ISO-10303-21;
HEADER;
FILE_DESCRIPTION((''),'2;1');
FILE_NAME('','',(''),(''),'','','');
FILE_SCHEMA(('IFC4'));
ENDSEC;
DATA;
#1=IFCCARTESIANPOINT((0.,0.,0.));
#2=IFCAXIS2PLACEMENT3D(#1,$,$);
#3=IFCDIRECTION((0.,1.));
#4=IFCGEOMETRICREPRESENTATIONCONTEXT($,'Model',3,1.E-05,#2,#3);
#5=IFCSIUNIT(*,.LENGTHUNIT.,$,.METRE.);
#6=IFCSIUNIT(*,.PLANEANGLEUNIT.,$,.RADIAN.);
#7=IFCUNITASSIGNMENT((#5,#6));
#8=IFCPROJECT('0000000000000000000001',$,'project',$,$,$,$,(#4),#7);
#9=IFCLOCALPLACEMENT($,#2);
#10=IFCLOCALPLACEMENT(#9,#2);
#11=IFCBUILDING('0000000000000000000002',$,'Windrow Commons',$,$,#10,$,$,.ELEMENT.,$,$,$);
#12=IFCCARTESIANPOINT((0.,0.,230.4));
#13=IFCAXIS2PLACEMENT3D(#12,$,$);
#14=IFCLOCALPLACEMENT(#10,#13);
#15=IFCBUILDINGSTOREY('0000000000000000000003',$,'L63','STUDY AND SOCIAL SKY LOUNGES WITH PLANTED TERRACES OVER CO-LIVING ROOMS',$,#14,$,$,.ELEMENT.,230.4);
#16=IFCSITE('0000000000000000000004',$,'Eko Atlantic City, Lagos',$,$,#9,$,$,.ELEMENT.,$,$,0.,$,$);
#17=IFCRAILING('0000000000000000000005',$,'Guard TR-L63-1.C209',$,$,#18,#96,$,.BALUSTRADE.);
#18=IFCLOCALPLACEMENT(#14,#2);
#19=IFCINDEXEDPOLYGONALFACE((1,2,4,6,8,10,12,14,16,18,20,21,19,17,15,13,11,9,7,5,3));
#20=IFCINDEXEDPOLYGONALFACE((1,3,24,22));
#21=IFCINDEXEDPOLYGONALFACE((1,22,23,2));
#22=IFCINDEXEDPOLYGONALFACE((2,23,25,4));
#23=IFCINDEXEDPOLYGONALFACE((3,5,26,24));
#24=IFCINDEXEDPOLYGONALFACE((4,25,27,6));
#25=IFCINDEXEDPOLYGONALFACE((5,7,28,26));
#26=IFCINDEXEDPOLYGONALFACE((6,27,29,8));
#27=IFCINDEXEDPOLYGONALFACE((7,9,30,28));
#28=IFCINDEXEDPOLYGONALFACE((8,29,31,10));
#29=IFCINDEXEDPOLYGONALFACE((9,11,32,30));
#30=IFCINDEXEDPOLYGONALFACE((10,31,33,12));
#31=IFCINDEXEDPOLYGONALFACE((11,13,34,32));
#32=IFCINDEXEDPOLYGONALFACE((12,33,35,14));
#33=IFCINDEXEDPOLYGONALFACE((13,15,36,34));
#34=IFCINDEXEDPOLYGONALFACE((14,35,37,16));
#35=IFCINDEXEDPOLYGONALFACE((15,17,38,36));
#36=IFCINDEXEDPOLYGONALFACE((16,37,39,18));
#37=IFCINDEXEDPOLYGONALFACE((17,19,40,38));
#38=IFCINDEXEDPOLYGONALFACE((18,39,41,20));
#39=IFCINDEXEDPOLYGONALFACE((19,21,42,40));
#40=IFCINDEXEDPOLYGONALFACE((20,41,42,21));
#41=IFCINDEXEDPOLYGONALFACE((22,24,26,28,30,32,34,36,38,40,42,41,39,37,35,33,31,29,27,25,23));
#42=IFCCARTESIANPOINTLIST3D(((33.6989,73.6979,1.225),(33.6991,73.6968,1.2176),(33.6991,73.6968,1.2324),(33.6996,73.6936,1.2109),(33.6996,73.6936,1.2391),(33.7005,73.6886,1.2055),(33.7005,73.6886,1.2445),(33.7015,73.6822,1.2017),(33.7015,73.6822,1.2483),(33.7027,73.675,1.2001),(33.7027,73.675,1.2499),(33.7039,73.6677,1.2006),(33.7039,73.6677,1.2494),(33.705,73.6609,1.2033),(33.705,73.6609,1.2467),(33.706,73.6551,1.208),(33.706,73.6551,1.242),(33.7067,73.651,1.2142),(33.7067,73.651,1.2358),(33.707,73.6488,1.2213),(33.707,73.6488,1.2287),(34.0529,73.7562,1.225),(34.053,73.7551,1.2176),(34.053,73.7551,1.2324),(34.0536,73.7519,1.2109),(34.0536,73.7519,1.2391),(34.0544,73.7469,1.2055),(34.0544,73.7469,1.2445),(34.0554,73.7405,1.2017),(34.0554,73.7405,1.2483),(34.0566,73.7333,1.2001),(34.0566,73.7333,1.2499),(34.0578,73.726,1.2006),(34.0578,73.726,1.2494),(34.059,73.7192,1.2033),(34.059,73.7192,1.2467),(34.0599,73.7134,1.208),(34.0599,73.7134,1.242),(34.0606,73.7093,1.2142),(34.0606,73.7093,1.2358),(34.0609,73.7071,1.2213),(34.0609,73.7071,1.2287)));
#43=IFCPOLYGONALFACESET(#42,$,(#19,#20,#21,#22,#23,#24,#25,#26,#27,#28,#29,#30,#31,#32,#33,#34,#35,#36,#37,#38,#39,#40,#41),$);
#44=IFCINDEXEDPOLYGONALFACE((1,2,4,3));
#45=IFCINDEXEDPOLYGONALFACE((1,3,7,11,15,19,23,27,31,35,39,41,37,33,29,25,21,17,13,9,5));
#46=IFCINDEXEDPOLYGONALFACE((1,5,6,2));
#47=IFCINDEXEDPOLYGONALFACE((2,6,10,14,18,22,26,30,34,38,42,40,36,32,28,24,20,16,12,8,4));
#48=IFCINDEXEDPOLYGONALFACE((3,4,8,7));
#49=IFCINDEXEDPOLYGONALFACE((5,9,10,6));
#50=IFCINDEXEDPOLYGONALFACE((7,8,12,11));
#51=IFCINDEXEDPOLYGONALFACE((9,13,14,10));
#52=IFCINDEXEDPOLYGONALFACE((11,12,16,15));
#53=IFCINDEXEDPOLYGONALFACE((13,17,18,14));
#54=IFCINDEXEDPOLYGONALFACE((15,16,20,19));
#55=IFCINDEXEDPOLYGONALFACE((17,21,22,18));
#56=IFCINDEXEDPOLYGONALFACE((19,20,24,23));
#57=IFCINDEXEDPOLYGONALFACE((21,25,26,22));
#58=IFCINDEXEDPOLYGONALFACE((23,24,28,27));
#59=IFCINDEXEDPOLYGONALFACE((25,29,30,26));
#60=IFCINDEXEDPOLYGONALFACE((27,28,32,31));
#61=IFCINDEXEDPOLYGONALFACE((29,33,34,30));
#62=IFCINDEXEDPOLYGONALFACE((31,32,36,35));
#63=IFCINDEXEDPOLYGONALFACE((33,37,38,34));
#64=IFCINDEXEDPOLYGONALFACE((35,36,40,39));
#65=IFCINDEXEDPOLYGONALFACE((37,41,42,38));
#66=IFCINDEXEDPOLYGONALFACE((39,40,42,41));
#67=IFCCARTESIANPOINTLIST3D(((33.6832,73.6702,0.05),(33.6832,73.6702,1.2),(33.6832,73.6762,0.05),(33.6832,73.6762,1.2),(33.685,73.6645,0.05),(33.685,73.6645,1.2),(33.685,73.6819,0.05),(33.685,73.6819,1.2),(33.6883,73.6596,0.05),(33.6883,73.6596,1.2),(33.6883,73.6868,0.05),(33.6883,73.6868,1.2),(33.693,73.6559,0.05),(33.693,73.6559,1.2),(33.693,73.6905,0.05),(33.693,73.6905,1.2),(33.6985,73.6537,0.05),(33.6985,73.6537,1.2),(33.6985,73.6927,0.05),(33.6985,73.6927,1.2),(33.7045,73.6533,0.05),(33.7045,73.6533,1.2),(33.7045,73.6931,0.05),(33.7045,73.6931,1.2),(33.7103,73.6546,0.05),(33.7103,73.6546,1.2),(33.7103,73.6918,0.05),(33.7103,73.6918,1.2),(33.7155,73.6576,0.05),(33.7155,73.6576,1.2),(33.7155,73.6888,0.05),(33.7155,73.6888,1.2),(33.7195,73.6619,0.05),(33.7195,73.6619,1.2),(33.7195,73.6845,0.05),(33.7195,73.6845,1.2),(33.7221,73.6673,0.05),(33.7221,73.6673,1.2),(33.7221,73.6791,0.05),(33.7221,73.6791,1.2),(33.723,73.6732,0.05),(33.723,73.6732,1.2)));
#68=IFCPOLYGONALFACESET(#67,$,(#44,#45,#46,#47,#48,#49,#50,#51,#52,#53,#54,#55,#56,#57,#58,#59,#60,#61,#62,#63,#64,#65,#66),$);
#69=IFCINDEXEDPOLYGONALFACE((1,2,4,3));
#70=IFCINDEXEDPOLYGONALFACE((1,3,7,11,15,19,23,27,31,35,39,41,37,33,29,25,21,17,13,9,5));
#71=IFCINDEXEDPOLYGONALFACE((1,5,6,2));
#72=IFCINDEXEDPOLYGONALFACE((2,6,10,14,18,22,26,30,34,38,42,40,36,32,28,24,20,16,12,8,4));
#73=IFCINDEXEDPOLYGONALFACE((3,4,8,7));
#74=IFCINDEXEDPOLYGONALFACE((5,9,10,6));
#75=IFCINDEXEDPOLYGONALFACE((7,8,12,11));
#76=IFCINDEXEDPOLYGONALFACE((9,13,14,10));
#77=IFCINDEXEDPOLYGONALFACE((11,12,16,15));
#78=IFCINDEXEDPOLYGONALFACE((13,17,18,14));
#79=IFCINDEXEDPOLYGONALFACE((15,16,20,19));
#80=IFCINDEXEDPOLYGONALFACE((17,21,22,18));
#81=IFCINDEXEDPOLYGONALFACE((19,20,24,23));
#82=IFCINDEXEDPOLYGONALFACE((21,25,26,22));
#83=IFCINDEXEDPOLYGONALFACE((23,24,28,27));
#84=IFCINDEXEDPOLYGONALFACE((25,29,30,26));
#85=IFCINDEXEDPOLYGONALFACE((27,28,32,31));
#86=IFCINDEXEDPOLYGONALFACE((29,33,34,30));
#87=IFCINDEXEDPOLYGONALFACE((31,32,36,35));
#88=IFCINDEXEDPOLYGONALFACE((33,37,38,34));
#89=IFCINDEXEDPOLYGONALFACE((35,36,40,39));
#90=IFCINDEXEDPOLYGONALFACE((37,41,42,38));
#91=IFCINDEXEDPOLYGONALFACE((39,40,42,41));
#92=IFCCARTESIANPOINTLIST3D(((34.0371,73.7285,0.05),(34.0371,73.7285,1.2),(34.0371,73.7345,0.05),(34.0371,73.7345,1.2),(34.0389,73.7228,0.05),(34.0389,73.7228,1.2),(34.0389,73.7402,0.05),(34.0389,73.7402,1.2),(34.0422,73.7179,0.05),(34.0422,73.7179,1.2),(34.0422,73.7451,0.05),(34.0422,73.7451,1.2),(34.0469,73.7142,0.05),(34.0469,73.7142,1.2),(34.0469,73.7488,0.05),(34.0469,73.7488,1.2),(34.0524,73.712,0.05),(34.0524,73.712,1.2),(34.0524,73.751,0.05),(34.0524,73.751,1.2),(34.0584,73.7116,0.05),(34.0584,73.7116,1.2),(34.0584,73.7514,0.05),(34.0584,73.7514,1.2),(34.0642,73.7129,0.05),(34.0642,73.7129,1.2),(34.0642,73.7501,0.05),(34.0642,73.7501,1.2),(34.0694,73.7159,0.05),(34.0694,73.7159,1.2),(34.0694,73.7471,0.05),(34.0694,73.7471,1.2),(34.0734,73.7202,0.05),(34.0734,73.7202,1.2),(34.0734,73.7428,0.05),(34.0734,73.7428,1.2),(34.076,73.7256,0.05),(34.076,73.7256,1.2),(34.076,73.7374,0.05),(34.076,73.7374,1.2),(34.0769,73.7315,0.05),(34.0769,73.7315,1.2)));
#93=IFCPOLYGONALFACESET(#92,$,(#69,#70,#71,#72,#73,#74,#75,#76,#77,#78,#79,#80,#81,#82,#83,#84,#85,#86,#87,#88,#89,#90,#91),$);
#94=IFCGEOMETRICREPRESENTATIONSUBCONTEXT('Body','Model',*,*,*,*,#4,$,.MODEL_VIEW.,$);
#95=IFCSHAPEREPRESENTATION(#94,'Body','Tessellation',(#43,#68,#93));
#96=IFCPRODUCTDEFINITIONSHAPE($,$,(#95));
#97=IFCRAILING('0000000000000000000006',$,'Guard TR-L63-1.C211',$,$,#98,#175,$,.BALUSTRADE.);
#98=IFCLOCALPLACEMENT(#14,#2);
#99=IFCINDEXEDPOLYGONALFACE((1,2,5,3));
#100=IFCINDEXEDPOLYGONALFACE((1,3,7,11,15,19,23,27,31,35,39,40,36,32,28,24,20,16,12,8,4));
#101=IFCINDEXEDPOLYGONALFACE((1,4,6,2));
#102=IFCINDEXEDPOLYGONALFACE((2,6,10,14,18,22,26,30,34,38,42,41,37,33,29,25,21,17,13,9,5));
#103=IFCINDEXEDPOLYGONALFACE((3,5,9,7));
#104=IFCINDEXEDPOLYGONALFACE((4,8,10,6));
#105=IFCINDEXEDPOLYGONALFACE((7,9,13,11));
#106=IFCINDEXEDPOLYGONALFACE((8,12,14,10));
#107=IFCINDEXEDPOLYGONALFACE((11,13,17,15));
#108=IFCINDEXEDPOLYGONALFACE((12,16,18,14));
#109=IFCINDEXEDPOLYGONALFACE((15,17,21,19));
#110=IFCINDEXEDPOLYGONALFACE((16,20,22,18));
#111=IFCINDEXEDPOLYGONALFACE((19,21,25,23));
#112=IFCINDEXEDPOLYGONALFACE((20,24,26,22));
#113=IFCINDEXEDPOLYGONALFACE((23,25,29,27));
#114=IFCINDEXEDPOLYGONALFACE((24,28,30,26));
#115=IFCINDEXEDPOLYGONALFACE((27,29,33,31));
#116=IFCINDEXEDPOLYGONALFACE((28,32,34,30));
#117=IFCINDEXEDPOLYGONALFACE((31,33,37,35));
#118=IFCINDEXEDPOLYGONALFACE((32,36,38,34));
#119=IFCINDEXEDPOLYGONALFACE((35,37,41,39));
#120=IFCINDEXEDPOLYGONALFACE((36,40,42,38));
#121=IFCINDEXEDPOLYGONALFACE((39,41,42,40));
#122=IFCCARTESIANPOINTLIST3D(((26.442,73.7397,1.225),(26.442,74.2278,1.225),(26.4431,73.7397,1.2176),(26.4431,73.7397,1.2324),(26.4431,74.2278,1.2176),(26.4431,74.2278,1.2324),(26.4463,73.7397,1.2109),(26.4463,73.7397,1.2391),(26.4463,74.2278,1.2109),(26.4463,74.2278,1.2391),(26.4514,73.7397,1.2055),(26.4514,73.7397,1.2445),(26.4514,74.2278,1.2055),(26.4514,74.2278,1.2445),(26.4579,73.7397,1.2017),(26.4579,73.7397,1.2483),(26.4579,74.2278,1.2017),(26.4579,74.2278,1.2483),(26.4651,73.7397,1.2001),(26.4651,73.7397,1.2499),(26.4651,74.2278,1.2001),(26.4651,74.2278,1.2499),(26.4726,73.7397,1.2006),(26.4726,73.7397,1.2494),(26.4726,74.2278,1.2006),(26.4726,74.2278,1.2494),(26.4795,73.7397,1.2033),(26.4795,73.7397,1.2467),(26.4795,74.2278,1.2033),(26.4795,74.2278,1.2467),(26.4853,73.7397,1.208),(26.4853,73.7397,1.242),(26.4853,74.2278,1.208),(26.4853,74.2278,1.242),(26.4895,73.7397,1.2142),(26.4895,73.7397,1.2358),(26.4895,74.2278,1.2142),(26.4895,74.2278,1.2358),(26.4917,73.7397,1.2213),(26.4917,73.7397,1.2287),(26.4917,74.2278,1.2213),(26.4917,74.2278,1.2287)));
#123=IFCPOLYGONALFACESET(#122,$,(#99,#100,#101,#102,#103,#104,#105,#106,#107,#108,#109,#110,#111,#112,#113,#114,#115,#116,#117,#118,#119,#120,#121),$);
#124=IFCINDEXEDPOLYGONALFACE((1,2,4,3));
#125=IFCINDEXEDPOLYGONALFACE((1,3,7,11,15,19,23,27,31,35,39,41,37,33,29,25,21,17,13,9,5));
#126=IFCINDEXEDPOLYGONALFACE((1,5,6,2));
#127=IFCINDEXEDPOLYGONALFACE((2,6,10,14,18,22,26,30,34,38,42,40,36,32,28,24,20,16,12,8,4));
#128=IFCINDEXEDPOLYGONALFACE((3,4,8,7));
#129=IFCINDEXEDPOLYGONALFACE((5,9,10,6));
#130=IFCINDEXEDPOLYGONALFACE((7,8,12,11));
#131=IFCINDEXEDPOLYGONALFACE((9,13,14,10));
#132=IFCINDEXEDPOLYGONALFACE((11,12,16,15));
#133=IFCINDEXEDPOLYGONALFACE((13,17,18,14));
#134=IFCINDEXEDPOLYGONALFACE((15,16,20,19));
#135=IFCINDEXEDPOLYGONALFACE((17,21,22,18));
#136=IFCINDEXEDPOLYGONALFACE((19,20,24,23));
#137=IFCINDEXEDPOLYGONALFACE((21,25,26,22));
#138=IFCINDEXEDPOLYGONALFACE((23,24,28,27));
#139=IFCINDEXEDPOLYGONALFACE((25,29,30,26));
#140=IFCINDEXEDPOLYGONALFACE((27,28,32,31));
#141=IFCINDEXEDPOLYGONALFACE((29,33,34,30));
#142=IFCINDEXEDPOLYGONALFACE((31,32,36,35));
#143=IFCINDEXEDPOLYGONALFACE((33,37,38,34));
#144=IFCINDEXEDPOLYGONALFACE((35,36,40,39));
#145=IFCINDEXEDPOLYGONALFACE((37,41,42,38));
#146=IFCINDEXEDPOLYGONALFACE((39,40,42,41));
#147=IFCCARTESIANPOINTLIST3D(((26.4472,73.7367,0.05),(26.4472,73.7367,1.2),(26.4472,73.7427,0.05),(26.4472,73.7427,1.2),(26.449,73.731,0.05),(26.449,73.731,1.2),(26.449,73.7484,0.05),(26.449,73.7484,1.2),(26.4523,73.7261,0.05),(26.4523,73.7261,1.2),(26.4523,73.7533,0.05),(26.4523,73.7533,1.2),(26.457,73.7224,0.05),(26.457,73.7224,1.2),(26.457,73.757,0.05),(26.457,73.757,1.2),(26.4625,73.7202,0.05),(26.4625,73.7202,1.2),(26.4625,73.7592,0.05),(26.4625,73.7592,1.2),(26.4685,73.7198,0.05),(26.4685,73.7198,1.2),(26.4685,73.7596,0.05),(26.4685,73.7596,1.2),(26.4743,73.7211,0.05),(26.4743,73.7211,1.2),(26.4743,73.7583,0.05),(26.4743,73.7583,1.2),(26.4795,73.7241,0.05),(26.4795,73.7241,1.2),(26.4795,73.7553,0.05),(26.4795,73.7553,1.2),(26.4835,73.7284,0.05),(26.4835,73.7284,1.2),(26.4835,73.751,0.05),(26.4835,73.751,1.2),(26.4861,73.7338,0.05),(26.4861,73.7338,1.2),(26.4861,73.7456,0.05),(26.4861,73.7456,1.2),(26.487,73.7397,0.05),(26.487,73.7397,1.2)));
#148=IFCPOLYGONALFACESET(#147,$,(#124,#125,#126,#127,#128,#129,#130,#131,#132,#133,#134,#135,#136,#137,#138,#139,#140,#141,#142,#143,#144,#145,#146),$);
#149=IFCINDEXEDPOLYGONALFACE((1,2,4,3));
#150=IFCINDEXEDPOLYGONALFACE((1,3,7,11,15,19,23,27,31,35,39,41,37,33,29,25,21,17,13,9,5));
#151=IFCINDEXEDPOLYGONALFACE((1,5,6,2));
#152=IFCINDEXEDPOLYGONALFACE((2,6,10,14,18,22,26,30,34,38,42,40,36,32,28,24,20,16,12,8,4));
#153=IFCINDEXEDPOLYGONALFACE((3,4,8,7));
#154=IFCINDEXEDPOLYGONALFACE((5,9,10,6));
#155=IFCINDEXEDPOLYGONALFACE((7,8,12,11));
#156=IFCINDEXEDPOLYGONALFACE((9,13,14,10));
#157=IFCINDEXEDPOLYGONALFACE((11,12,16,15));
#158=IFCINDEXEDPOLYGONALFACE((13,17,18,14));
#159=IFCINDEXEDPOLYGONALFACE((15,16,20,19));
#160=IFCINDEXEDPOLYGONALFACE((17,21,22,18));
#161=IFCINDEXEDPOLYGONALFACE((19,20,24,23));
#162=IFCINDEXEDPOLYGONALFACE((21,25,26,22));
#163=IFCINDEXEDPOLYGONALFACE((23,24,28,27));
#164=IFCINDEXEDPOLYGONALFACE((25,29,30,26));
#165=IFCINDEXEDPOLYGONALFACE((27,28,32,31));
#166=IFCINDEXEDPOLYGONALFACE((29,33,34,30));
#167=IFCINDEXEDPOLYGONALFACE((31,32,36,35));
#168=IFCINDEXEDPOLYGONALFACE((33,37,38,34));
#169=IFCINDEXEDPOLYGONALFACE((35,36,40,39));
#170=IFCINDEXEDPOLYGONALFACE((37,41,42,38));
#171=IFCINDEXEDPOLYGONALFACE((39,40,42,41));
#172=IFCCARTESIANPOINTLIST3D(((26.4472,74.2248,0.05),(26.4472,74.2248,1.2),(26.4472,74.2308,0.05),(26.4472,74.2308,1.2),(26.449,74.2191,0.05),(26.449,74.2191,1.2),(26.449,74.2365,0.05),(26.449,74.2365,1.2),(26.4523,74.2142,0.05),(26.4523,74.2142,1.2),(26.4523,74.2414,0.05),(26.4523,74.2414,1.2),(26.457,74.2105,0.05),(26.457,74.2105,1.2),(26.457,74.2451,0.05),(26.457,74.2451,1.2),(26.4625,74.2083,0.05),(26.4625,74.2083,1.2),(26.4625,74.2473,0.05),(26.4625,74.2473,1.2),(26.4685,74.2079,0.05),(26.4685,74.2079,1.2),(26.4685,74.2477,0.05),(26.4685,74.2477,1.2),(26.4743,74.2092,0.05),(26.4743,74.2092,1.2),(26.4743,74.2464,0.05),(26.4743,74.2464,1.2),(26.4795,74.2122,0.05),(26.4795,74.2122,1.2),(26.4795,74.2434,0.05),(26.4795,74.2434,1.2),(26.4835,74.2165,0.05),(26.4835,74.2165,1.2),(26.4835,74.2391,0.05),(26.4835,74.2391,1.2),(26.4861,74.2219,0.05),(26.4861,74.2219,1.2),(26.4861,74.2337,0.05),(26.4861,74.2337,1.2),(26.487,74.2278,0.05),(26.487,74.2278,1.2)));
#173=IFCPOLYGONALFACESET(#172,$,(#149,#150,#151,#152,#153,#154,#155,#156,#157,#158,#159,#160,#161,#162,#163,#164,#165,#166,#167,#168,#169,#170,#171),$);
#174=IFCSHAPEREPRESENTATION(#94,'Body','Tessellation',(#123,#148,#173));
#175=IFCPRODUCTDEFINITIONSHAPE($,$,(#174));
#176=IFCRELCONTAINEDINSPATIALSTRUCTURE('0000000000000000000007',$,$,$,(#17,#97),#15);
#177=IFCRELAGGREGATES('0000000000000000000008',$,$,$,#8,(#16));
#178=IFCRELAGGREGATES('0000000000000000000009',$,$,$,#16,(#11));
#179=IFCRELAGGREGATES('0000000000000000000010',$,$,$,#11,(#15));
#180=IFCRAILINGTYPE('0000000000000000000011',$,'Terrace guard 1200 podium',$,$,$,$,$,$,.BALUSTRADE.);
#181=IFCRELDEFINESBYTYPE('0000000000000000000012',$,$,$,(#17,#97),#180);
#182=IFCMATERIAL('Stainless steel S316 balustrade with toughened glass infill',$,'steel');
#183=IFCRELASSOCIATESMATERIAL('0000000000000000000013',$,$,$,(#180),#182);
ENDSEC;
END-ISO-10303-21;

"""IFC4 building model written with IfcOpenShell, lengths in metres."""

from ifc_helpers import new_model, si_unit, direction, frame, origin, origin_2d, place, context, subcontext, project, spatial, circle, extrude, material, type_object, element, save


model = new_model("IFC4")

# Units and contexts
model_context = context("Model", 3, precision=1e-05, world=origin(), true_north=direction((0.0, 1.0)))
body_context = subcontext(model_context, "Body", "Model", "MODEL_VIEW")
ifc_project = project(units=[si_unit("LENGTHUNIT", "METRE"), si_unit("PLANEANGLEUNIT", "RADIAN")], contexts=[model_context])

# Site, building, storey
site_placement = place(None, origin())
site = spatial("IfcSite", under=ifc_project, at=site_placement, Name="Eko Atlantic City, Lagos", CompositionType="ELEMENT", RefElevation=0.0)
building_placement = place(site_placement, origin())
building = spatial("IfcBuilding", under=site, at=building_placement, Name="Windrow Commons", CompositionType="ELEMENT")
storey_placement = place(building_placement, frame((0.0, 0.0, 230.4)))
storey = spatial("IfcBuildingStorey", under=building, at=storey_placement, Name="L63", Description="STUDY AND SOCIAL SKY LOUNGES WITH PLANTED TERRACES OVER CO-LIVING ROOMS", CompositionType="ELEMENT", Elevation=230.4)

# Railings
ifc_material_1 = material(Name="Stainless steel S316 balustrade with toughened glass infill", Category="steel")
railing_type = type_object("IfcRailingType", Name="Terrace guard 1200 podium", PredefinedType="BALUSTRADE", material=ifc_material_1)
railing_1_placement = place(storey_placement, frame((33.703, 73.6732, 0.05)))
element("IfcRailing", 1, at=railing_1_placement, inside=storey, type_object=railing_type, Name="Guard TR-L63-1.C209", PredefinedType="BALUSTRADE", context=body_context, shape_type="SweptSolid", body=[
    extrude(circle(Radius=0.025, at=origin_2d()), frame((0.0, 0.0, 1.175), z_axis=(0.986701, 0.162545, 0.0), x_axis=(-0.162545, 0.986701, 0.0)), (0.0, 0.0, 1.0), 0.3587),
    extrude(circle(Radius=0.02, at=origin_2d()), origin(), (0.0, 0.0, 1.0), 1.15),
    extrude(circle(Radius=0.02, at=origin_2d()), frame((0.3539, 0.0583, 0.0)), (0.0, 0.0, 1.0), 1.15),
])
railing_2_placement = place(storey_placement, frame((26.467, 73.7397, 0.05)))
element("IfcRailing", 2, at=railing_2_placement, inside=storey, type_object=railing_type, Name="Guard TR-L63-1.C211", PredefinedType="BALUSTRADE", context=body_context, shape_type="SweptSolid", body=[
    extrude(circle(Radius=0.025, at=origin_2d()), frame((0.0, 0.0, 1.175), z_axis=(0.0, 1.0, 0.0), x_axis=(-1.0, 0.0, 0.0)), (0.0, 0.0, 1.0), 0.4881),
    extrude(circle(Radius=0.02, at=origin_2d()), origin(), (0.0, 0.0, 1.0), 1.15),
    extrude(circle(Radius=0.02, at=origin_2d()), frame((0.0, 0.4881, 0.0)), (0.0, 0.0, 1.0), 1.15),
])

save(model, "model.ifc")
